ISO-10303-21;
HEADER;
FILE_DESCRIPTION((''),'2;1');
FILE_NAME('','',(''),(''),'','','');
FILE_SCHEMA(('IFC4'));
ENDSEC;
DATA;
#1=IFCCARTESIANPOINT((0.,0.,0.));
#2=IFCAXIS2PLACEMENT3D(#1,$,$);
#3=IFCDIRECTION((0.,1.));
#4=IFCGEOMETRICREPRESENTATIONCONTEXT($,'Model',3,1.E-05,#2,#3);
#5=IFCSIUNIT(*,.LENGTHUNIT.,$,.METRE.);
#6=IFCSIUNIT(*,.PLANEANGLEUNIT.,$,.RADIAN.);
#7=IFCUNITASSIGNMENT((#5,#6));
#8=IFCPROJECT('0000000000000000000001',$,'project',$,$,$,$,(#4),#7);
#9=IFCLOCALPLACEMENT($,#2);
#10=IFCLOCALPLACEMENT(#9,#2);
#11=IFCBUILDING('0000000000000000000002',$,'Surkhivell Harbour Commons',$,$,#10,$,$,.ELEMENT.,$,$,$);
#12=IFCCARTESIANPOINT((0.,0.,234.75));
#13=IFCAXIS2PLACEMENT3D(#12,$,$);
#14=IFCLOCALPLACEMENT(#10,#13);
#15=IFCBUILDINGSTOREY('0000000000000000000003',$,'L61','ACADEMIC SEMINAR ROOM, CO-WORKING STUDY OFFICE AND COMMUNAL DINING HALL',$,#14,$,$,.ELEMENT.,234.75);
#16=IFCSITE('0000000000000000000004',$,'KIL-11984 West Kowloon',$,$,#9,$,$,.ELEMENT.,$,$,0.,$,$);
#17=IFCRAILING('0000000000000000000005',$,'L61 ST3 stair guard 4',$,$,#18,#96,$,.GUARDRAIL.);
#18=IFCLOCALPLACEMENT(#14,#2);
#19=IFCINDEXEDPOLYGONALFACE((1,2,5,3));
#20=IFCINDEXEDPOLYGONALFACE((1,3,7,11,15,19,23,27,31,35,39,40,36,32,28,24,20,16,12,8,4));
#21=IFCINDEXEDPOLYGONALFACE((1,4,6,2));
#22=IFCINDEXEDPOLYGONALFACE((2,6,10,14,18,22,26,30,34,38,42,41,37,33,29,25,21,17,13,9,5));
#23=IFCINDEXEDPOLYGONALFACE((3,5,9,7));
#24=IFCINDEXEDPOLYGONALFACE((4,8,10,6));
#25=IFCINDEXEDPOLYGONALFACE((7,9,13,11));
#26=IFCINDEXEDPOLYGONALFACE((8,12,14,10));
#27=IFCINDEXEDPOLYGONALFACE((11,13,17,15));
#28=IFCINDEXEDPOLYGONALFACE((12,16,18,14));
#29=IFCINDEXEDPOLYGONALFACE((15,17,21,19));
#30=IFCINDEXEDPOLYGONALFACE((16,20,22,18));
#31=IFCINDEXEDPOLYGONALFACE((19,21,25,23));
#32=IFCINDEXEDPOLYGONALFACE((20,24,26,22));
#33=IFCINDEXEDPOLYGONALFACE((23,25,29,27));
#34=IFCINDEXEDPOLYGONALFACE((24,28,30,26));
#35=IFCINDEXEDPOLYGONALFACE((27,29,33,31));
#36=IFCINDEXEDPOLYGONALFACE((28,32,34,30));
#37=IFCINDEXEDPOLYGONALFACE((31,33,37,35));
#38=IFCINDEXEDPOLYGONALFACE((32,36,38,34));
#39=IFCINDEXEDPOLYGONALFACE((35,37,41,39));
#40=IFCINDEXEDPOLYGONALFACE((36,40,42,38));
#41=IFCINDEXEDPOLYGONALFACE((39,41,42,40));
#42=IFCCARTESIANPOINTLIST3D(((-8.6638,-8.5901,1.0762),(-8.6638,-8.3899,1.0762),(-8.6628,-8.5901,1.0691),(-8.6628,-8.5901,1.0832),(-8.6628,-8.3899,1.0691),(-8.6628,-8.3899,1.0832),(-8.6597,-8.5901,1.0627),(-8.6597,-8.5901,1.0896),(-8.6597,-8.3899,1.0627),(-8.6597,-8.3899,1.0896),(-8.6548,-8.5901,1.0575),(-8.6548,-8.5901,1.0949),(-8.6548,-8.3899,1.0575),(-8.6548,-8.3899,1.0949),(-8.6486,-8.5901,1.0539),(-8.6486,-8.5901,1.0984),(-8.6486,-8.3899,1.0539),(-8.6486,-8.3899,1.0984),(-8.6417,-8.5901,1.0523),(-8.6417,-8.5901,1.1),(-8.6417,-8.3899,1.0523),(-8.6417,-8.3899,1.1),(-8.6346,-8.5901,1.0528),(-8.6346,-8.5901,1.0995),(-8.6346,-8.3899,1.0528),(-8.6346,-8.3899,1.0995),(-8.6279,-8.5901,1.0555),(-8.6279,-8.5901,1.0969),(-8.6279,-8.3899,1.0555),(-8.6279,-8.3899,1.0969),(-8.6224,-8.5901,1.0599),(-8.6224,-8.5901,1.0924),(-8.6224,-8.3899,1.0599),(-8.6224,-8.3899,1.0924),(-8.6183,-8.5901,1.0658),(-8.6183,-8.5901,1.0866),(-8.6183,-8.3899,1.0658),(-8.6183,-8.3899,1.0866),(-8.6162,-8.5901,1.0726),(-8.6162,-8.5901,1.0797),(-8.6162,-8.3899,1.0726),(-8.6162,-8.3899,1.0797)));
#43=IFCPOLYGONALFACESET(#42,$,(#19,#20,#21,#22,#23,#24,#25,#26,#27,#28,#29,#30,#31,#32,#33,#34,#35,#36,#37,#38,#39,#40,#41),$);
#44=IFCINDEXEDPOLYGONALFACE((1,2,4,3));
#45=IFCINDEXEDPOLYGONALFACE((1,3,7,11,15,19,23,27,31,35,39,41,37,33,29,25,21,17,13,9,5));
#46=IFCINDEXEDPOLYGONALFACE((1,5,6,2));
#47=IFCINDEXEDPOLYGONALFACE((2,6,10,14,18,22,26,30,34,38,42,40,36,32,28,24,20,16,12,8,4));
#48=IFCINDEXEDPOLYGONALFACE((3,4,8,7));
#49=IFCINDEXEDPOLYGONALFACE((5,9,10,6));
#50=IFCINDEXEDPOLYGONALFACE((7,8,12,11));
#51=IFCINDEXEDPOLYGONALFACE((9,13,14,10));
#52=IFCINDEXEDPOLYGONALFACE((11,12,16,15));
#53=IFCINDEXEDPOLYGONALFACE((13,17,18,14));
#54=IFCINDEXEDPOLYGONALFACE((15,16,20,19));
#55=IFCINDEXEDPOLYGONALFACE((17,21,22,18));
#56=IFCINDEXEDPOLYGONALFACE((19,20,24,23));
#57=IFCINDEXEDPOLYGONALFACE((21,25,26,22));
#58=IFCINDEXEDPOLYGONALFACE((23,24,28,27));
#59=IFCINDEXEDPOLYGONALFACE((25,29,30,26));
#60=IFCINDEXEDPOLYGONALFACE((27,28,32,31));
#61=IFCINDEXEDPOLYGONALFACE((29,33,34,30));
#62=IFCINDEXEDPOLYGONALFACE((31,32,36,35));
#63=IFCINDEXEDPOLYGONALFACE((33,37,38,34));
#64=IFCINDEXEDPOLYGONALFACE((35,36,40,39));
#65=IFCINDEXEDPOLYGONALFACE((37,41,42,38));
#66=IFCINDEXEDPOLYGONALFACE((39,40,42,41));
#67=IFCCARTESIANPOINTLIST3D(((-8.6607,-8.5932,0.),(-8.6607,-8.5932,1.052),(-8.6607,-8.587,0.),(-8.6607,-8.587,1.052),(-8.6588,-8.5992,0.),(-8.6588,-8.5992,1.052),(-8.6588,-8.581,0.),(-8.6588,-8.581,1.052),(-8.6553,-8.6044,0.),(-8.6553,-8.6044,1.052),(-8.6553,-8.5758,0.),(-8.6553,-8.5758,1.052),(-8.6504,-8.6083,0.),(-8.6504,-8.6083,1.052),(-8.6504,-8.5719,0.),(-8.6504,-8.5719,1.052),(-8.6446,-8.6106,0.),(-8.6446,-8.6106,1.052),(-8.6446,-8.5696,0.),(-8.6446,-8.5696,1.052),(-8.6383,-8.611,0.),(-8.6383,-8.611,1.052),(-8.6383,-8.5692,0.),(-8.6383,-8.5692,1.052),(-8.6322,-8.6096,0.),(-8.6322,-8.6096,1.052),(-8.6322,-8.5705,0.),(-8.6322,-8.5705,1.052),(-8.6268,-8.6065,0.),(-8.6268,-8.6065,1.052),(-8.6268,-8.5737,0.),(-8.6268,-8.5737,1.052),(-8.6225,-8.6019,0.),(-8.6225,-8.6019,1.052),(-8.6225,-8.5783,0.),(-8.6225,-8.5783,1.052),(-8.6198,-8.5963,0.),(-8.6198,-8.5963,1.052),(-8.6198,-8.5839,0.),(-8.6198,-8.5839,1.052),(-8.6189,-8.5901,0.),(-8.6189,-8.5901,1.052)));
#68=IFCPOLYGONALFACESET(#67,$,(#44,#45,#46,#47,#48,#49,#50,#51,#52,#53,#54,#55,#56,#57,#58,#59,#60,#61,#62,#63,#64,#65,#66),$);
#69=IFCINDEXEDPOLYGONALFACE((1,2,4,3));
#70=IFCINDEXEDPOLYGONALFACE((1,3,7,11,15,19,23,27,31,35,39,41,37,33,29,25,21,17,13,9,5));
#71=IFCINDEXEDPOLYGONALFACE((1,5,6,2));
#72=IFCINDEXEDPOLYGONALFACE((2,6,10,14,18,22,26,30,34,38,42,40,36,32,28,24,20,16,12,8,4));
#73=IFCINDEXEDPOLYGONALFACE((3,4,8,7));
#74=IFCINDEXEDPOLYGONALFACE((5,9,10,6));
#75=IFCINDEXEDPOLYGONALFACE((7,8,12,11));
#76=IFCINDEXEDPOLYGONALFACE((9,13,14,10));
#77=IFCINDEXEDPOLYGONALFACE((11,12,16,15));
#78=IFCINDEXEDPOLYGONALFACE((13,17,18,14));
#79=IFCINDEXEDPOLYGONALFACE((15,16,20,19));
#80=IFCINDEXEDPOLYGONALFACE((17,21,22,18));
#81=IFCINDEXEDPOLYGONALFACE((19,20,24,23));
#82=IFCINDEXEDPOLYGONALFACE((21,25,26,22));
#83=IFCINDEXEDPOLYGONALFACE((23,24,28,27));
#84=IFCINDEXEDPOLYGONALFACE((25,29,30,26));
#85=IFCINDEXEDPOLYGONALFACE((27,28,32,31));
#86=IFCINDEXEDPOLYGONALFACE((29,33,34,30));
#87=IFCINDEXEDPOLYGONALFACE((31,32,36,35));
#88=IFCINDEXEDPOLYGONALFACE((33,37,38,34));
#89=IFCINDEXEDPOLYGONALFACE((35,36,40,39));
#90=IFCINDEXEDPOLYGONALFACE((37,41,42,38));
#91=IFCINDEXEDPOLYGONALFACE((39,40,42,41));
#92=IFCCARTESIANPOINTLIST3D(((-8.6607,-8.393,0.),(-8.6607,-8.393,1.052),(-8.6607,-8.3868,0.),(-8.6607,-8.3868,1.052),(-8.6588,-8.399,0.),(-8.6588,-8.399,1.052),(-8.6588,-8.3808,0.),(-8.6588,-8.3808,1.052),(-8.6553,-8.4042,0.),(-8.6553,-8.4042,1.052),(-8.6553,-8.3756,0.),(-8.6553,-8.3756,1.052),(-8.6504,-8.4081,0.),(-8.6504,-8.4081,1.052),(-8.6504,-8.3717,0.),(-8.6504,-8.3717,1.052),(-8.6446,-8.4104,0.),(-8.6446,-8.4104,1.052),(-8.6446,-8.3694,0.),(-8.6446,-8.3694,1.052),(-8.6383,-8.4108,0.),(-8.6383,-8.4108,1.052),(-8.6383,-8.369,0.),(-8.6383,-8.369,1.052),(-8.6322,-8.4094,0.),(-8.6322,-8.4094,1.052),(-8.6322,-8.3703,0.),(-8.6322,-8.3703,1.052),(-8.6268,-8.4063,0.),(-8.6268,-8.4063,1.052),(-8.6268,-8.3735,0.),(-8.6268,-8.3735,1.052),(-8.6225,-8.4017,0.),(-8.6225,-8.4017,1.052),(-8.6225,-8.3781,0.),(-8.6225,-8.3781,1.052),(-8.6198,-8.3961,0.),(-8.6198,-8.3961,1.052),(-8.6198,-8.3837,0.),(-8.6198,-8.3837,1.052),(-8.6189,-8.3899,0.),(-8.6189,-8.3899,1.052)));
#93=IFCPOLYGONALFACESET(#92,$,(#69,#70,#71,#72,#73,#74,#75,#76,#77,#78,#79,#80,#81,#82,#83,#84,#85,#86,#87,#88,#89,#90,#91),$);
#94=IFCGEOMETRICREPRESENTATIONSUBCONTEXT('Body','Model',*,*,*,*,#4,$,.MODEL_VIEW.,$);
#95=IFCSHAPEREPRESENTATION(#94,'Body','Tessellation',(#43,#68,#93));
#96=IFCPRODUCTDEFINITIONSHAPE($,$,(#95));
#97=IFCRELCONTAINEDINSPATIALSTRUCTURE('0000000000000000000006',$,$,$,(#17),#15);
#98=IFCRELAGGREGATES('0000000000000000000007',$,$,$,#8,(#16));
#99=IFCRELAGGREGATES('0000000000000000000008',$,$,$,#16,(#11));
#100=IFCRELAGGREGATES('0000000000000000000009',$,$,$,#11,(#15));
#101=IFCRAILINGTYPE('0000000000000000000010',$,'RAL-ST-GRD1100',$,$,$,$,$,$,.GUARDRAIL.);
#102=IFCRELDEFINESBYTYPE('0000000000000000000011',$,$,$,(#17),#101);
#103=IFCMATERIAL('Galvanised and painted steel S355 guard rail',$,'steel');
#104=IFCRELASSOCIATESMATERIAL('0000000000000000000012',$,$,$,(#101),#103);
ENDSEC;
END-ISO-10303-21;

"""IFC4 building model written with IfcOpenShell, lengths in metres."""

from ifc_helpers import new_model, si_unit, direction, frame, origin, origin_2d, place, context, subcontext, project, spatial, circle, extrude, material, type_object, element, save


model = new_model("IFC4")

# Units and contexts
model_context = context("Model", 3, precision=1e-05, world=origin(), true_north=direction((0.0, 1.0)))
body_context = subcontext(model_context, "Body", "Model", "MODEL_VIEW")
ifc_project = project(units=[si_unit("LENGTHUNIT", "METRE"), si_unit("PLANEANGLEUNIT", "RADIAN")], contexts=[model_context])

# Site, building, storey
site_placement = place(None, origin())
site = spatial("IfcSite", under=ifc_project, at=site_placement, Name="KIL-11984 West Kowloon", CompositionType="ELEMENT", RefElevation=0.0)
building_placement = place(site_placement, origin())
building = spatial("IfcBuilding", under=site, at=building_placement, Name="Surkhivell Harbour Commons", CompositionType="ELEMENT")
storey_placement = place(building_placement, frame((0.0, 0.0, 234.75)))
storey = spatial("IfcBuildingStorey", under=building, at=storey_placement, Name="L61", Description="ACADEMIC SEMINAR ROOM, CO-WORKING STUDY OFFICE AND COMMUNAL DINING HALL", CompositionType="ELEMENT", Elevation=234.75)

# Railing
ifc_material_1 = material(Name="Galvanised and painted steel S355 guard rail", Category="steel")
railing_type_1 = type_object("IfcRailingType", Name="RAL-ST-GRD1100", PredefinedType="GUARDRAIL", material=ifc_material_1)
railing_1_placement = place(storey_placement, frame((-8.6399, -8.5901, 0.0)))
element("IfcRailing", 1, at=railing_1_placement, inside=storey, type_object=railing_type_1, Name="L61 ST3 stair guard 4", PredefinedType="GUARDRAIL", context=body_context, shape_type="SweptSolid", body=[
    extrude(circle(Radius=0.0239, at=origin_2d()), frame((0.0, 0.0, 1.0762), z_axis=(0.0, 1.0, 0.0), x_axis=(-1.0, 0.0, 0.0)), (0.0, 0.0, 1.0), 0.2002),
    extrude(circle(Radius=0.021, at=origin_2d()), origin(), (0.0, 0.0, 1.0), 1.052),
    extrude(circle(Radius=0.021, at=origin_2d()), frame((0.0, 0.2002, 0.0)), (0.0, 0.0, 1.0), 1.052),
])

save(model, "model.ifc")
